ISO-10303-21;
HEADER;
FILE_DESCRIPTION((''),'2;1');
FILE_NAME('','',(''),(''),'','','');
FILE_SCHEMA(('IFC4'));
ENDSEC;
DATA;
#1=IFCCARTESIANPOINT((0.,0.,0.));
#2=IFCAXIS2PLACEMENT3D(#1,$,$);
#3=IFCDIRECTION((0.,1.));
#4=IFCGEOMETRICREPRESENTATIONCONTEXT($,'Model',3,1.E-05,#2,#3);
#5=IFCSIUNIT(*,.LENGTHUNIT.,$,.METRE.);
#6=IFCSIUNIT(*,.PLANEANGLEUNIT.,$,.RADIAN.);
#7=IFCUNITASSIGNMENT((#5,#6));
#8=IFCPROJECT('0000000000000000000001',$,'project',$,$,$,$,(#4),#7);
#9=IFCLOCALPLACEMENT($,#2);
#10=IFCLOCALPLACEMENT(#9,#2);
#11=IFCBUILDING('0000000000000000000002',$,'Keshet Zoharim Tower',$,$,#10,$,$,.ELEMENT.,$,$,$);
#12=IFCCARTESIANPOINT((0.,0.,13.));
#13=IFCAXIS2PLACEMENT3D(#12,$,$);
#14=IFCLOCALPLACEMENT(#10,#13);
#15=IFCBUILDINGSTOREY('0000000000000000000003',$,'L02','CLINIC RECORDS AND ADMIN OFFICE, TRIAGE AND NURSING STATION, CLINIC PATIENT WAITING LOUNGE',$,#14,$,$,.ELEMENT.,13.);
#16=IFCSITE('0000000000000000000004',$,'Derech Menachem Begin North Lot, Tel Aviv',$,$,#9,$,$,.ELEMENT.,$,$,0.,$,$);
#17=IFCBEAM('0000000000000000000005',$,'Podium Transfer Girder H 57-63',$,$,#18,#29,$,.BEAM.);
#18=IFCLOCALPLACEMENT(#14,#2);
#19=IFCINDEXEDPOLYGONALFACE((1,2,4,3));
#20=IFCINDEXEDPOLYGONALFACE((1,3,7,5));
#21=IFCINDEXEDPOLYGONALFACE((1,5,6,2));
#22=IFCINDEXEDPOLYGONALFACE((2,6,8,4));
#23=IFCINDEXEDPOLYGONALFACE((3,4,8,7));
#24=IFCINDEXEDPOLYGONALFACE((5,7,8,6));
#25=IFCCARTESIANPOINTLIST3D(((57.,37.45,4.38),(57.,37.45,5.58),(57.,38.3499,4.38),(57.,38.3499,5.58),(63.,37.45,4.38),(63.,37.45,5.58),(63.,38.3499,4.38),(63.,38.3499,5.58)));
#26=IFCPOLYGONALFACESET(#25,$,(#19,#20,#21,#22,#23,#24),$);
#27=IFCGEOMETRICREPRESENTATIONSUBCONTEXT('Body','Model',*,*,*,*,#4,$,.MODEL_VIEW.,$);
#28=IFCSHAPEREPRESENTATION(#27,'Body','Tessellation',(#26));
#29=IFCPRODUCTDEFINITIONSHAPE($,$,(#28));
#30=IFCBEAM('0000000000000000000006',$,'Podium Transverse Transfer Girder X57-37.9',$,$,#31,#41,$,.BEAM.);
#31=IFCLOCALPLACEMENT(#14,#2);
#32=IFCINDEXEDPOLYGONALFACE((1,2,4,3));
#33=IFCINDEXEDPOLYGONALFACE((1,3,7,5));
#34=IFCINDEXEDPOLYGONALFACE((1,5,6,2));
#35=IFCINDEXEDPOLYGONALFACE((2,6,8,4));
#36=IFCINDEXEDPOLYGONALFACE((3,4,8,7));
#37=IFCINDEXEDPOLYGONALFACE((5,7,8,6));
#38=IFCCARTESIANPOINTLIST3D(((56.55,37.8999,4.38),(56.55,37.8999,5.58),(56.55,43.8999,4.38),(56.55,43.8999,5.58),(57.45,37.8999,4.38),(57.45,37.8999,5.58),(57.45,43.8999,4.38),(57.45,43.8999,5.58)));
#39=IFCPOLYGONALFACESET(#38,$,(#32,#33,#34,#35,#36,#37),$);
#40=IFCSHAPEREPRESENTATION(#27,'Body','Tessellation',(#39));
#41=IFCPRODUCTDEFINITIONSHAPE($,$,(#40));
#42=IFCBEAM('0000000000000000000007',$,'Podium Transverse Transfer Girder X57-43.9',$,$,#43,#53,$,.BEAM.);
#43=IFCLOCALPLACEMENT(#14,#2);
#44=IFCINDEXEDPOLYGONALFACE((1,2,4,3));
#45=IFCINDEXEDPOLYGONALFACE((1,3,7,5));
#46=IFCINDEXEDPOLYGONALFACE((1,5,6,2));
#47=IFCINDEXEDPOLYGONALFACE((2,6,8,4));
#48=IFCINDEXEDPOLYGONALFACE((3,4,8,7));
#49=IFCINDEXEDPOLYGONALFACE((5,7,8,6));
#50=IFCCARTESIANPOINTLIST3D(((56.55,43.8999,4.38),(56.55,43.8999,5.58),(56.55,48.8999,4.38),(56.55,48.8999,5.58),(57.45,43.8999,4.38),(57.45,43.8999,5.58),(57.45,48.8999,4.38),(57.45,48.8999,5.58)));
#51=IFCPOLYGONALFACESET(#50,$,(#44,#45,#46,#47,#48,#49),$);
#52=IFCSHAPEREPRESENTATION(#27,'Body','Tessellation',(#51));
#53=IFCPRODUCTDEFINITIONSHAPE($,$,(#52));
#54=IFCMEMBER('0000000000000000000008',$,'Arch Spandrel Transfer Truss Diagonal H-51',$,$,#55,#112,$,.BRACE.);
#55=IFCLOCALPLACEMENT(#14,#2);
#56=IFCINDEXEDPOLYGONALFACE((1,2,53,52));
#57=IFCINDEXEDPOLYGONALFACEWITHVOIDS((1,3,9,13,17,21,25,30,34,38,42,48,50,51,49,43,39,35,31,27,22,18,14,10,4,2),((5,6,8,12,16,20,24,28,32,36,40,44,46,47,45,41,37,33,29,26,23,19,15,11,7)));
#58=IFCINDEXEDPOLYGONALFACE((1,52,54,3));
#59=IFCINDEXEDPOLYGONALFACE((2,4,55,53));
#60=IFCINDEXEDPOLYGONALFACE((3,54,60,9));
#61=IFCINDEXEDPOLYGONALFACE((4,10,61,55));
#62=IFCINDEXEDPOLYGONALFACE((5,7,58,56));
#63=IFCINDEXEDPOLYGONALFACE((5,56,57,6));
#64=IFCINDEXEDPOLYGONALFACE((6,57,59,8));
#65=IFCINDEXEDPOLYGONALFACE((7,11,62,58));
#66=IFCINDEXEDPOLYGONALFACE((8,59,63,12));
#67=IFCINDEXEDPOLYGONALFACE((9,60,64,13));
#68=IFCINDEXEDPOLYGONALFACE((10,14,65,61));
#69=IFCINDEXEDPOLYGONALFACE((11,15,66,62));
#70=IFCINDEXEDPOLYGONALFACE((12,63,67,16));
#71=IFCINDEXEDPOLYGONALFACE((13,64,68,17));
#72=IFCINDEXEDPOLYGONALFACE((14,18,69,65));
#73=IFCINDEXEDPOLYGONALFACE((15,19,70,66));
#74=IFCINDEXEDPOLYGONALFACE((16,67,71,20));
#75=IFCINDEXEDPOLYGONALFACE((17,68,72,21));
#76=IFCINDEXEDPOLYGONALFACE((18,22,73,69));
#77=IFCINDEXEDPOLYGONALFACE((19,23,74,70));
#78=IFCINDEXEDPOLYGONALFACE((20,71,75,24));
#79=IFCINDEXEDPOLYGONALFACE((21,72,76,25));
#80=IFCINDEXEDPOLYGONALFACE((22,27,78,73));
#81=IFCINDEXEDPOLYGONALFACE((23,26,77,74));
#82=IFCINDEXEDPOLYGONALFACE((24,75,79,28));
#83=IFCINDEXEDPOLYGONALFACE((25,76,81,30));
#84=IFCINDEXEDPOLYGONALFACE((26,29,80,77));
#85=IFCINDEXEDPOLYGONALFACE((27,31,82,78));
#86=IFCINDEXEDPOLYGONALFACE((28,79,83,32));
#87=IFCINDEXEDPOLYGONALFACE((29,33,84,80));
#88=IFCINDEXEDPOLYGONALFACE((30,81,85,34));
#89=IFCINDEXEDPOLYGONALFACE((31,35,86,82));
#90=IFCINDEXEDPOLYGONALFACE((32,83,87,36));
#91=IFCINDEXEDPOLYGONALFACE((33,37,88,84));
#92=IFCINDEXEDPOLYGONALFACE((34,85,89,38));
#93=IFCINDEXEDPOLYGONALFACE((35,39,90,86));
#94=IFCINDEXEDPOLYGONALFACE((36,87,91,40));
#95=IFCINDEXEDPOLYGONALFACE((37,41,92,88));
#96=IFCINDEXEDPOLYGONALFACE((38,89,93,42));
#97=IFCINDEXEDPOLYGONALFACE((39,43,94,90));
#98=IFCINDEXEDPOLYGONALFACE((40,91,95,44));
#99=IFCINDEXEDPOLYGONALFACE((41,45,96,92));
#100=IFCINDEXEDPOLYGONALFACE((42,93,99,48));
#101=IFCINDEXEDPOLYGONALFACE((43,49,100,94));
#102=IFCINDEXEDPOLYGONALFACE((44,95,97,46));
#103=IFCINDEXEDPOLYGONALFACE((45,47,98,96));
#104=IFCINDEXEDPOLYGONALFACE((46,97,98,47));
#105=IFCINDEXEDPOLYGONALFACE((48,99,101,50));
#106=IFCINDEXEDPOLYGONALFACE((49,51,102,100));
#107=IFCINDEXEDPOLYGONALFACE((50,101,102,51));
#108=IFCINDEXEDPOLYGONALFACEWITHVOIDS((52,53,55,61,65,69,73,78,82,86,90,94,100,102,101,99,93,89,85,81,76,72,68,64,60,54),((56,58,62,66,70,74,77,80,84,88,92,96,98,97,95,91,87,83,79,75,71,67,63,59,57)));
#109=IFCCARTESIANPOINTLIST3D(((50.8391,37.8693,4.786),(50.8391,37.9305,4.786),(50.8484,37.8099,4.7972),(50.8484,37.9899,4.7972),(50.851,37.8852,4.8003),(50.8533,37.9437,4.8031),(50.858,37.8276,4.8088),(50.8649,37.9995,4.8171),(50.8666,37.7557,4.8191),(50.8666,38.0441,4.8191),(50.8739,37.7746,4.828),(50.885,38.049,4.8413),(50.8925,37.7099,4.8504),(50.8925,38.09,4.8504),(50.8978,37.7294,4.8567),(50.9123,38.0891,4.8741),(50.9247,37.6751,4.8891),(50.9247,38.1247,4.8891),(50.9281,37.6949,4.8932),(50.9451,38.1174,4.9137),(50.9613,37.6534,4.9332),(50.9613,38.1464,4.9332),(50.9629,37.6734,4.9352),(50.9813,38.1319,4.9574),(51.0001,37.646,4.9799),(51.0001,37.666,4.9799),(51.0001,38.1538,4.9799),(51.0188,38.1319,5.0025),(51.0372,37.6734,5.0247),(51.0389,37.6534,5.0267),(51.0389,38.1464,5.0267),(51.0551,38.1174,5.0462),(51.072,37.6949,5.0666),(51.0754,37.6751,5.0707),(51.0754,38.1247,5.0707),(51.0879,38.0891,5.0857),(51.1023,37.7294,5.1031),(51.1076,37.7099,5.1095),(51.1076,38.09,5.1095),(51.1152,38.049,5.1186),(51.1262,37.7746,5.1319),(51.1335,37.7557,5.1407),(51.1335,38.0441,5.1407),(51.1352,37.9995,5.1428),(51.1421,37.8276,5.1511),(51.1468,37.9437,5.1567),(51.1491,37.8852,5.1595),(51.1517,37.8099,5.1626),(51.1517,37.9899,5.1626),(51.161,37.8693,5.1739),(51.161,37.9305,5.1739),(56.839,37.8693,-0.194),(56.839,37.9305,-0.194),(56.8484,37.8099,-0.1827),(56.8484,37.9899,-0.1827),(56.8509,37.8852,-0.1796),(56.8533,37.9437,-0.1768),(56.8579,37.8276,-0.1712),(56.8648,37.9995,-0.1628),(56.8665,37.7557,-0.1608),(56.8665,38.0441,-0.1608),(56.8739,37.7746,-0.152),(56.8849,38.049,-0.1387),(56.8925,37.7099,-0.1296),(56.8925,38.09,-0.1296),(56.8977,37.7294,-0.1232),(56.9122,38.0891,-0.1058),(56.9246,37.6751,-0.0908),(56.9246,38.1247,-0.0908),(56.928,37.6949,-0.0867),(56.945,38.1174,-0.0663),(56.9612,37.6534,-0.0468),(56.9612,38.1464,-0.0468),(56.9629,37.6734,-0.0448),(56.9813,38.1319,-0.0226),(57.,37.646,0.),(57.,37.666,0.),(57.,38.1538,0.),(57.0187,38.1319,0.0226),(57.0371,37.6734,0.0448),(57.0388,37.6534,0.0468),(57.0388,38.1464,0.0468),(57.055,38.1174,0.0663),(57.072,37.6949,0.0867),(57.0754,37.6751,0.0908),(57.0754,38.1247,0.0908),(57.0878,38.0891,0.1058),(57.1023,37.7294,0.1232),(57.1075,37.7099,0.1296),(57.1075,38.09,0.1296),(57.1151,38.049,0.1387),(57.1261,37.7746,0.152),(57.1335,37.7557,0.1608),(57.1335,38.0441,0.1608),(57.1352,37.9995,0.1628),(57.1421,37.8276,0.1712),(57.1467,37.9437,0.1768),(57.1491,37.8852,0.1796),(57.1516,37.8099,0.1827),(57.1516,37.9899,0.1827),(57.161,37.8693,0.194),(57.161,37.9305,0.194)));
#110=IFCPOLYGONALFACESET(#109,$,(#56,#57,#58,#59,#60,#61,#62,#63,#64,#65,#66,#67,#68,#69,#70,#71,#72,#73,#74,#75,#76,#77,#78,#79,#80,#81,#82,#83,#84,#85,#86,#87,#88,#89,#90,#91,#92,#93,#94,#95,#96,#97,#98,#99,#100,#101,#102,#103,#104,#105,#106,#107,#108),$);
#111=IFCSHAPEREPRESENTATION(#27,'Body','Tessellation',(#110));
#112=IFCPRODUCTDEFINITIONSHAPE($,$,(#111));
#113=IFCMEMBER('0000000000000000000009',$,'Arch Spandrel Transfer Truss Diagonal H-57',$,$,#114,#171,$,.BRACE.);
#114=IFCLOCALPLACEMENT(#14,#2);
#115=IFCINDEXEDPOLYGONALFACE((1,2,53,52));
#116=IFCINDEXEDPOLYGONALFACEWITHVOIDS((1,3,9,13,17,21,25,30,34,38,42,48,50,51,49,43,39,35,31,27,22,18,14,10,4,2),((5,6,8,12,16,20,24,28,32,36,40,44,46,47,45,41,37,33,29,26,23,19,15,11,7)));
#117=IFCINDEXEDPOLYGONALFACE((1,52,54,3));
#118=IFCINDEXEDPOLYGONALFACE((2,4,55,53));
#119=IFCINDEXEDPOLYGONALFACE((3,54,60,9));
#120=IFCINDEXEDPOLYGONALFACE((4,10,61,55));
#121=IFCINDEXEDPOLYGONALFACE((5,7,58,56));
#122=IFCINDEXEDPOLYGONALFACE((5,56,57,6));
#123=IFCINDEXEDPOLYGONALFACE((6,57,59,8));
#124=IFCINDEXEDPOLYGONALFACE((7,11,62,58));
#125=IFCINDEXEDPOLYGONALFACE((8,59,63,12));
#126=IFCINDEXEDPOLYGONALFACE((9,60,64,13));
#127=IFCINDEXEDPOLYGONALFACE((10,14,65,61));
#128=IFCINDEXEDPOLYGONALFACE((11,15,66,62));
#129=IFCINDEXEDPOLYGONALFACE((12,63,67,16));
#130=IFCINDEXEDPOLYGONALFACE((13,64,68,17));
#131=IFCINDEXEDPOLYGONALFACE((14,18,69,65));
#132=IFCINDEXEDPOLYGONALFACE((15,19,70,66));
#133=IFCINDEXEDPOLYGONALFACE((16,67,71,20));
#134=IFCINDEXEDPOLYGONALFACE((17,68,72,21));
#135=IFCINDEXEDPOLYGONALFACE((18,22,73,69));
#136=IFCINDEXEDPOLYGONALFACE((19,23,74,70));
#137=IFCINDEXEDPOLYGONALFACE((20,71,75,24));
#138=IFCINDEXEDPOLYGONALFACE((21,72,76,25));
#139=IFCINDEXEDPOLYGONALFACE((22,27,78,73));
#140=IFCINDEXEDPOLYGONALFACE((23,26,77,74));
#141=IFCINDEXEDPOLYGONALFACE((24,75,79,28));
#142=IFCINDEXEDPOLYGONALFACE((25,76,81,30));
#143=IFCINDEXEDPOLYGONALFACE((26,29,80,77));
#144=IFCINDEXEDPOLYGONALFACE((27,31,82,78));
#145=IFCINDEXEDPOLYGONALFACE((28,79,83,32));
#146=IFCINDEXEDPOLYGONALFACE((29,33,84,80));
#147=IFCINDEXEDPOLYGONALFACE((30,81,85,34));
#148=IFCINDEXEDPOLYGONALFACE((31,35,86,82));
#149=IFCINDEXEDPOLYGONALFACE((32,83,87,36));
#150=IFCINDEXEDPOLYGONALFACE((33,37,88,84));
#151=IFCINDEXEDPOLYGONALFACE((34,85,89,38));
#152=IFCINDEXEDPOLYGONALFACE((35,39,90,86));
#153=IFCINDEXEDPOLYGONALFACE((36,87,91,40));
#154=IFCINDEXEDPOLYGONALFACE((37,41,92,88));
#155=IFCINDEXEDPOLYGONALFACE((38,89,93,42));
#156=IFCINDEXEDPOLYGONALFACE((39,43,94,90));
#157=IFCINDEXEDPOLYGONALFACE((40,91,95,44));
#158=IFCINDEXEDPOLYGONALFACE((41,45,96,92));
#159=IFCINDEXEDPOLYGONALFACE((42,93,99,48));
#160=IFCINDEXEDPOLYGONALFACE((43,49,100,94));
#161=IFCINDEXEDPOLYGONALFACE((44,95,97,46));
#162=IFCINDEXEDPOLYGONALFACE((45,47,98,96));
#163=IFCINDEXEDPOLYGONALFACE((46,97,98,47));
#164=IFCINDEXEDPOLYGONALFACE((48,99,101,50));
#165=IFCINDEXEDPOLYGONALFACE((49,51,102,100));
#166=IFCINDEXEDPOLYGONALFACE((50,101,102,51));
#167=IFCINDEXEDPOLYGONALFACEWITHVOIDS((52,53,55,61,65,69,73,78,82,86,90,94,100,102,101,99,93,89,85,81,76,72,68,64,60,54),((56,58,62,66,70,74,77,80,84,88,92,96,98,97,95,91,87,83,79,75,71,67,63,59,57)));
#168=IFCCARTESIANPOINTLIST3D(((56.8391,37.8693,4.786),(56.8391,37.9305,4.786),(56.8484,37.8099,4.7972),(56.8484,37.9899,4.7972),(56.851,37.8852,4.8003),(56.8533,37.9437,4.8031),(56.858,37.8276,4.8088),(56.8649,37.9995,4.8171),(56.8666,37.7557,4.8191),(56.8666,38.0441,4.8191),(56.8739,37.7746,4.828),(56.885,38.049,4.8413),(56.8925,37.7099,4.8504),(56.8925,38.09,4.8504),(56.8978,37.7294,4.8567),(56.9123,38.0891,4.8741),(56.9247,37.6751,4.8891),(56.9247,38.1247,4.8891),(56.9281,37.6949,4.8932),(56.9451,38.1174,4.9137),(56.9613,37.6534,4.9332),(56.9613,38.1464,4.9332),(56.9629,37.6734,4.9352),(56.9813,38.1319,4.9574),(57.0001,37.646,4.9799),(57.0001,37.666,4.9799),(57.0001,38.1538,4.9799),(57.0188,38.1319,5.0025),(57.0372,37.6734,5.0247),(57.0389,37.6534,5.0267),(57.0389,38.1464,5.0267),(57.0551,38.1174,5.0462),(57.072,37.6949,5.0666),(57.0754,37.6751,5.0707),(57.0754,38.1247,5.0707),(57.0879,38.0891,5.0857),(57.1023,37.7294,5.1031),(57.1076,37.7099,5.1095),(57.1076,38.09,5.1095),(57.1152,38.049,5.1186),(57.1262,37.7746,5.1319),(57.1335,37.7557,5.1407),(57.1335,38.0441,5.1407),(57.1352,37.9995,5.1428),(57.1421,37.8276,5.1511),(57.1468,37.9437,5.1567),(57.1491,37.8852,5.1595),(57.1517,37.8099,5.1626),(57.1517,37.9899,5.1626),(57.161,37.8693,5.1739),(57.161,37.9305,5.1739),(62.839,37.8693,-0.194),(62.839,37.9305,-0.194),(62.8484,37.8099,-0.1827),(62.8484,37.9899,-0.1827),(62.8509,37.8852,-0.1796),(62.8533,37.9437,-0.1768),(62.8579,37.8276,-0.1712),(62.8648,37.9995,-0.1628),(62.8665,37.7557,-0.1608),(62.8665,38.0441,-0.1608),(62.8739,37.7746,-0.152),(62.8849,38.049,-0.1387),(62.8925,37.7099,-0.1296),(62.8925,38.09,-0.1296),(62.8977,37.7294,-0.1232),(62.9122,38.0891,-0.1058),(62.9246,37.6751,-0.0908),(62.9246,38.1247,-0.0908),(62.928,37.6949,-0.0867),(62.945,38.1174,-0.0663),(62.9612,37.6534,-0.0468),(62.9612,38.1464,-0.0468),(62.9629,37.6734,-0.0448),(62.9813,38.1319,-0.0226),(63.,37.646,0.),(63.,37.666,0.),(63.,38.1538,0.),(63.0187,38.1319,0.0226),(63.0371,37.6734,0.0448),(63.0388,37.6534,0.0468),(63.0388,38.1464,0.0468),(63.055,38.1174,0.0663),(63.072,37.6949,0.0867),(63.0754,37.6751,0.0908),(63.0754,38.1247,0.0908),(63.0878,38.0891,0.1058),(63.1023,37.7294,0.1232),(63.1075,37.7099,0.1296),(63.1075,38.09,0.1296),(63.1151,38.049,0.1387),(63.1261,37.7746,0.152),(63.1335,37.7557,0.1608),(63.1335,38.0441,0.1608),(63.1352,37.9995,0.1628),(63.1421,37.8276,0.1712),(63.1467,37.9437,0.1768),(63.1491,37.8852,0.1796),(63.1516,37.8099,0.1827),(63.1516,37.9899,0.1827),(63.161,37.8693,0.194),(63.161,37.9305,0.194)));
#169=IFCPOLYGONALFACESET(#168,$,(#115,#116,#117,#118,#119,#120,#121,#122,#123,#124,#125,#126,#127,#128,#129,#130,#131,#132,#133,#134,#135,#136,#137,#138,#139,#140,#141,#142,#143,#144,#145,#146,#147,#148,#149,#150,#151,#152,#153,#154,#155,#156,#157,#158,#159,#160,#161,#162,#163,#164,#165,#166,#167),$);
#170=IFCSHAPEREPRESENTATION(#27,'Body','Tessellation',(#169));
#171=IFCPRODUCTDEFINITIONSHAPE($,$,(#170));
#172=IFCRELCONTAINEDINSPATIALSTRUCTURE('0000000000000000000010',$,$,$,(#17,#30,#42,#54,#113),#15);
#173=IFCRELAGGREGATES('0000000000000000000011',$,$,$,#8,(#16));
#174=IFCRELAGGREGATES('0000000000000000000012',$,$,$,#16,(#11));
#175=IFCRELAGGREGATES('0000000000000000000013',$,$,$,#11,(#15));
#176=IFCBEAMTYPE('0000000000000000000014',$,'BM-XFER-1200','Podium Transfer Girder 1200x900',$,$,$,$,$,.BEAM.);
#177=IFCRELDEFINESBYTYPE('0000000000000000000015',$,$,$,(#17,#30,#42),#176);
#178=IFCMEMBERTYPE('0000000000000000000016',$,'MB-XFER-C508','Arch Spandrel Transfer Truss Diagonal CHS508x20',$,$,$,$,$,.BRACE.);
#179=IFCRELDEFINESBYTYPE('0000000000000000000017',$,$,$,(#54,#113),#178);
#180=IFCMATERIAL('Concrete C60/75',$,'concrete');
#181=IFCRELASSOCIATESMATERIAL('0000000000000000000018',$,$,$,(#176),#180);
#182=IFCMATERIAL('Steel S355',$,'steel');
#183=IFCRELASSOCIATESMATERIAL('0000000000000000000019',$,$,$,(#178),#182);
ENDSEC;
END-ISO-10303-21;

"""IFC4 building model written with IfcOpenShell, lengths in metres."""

from ifc_helpers import new_model, si_unit, direction, frame, origin, origin_2d, place, context, subcontext, project, spatial, rectangle, hollow_circle, extrude, material, material_profile, profile_set, type_object, element, save


model = new_model("IFC4")

# Units and contexts
model_context = context("Model", 3, precision=1e-05, world=origin(), true_north=direction((0.0, 1.0)))
body_context = subcontext(model_context, "Body", "Model", "MODEL_VIEW")
ifc_project = project(units=[si_unit("LENGTHUNIT", "METRE"), si_unit("PLANEANGLEUNIT", "RADIAN")], contexts=[model_context])

# Site, building, storey
site_placement = place(None, origin())
site = spatial("IfcSite", under=ifc_project, at=site_placement, Name="Derech Menachem Begin North Lot, Tel Aviv", CompositionType="ELEMENT", RefElevation=0.0)
building_placement = place(site_placement, origin())
building = spatial("IfcBuilding", under=site, at=building_placement, Name="Keshet Zoharim Tower", CompositionType="ELEMENT")
storey_placement = place(building_placement, frame((0.0, 0.0, 13.0)))
storey = spatial("IfcBuildingStorey", under=building, at=storey_placement, Name="L02", Description="CLINIC RECORDS AND ADMIN OFFICE, TRIAGE AND NURSING STATION, CLINIC PATIENT WAITING LOUNGE", CompositionType="ELEMENT", Elevation=13.0)

# Shared definitions
ifc_material_1 = material(Name="Steel S355", Category="steel")
ifc_material_2 = material(Name="Concrete C60/75", Category="concrete")

# Beams
ifc_material_profile_1 = material_profile(ifc_material_2, rectangle(XDim=0.8999, YDim=1.2, at=origin_2d()), Name="RC1200x900")
ifc_profile_set_1 = profile_set([ifc_material_profile_1], Name="Concrete C60/75")
beam_type_1 = type_object("IfcBeamType", Name="BM-XFER-1200", Description="Podium Transfer Girder 1200x900", PredefinedType="BEAM", material=ifc_profile_set_1)
for number, where, z_axis, x_axis, name in (
    (1, (57.0, 37.8999, 4.98), (1.0, 0.0, 0.0), (0.0, 1.0, 0.0), "Podium Transfer Girder H 57-63"),
    (2, (57.0, 37.8999, 4.98), (0.0, 1.0, 0.0), (-1.0, 0.0, 0.0), "Podium Transverse Transfer Girder X57-37.9"),
):
    element("IfcBeam", number, at=place(storey_placement, frame(where, z_axis=z_axis, x_axis=x_axis)), inside=storey, type_object=beam_type_1, Name=name, PredefinedType="BEAM", context=body_context, shape_type="SweptSolid", body=[
        extrude(rectangle(XDim=0.8999, YDim=1.2, at=origin_2d()), origin(), (0.0, 0.0, 1.0), 6.0),
    ])
beam_1_placement = place(storey_placement, frame((57.0, 43.8999, 4.98), z_axis=(0.0, 1.0, 0.0), x_axis=(-1.0, 0.0, 0.0)))
element("IfcBeam", 3, at=beam_1_placement, inside=storey, type_object=beam_type_1, Name="Podium Transverse Transfer Girder X57-43.9", PredefinedType="BEAM", context=body_context, shape_type="SweptSolid", body=[
    extrude(rectangle(XDim=0.8999, YDim=1.2, at=origin_2d()), origin(), (0.0, 0.0, 1.0), 5.0),
])

# Members
ifc_material_profile_2 = material_profile(ifc_material_1, hollow_circle(Radius=0.2539, WallThickness=0.02, at=origin_2d()), Name="CHS508x20")
ifc_profile_set_2 = profile_set([ifc_material_profile_2], Name="Steel S355")
member_type = type_object("IfcMemberType", Name="MB-XFER-C508", Description="Arch Spandrel Transfer Truss Diagonal CHS508x20", PredefinedType="BRACE", material=ifc_profile_set_2)
for number, where, z_axis, x_axis, name in (
    (4, (57.0, 37.8999, 0.0), (-0.769482, 0.0, 0.638668), (0.0, -1.0, 0.0), "Arch Spandrel Transfer Truss Diagonal H-51"),
    (5, (63.0, 37.8999, 0.0), (-0.769482, 0.0, 0.638668), (0.0, -1.0, 0.0), "Arch Spandrel Transfer Truss Diagonal H-57"),
):
    element("IfcMember", number, at=place(storey_placement, frame(where, z_axis=z_axis, x_axis=x_axis)), inside=storey, type_object=member_type, Name=name, PredefinedType="BRACE", context=body_context, shape_type="SweptSolid", body=[
        extrude(hollow_circle(Radius=0.2539, WallThickness=0.02, at=origin_2d()), origin(), (0.0, 0.0, 1.0), 7.7974),
    ])

save(model, "model.ifc")
